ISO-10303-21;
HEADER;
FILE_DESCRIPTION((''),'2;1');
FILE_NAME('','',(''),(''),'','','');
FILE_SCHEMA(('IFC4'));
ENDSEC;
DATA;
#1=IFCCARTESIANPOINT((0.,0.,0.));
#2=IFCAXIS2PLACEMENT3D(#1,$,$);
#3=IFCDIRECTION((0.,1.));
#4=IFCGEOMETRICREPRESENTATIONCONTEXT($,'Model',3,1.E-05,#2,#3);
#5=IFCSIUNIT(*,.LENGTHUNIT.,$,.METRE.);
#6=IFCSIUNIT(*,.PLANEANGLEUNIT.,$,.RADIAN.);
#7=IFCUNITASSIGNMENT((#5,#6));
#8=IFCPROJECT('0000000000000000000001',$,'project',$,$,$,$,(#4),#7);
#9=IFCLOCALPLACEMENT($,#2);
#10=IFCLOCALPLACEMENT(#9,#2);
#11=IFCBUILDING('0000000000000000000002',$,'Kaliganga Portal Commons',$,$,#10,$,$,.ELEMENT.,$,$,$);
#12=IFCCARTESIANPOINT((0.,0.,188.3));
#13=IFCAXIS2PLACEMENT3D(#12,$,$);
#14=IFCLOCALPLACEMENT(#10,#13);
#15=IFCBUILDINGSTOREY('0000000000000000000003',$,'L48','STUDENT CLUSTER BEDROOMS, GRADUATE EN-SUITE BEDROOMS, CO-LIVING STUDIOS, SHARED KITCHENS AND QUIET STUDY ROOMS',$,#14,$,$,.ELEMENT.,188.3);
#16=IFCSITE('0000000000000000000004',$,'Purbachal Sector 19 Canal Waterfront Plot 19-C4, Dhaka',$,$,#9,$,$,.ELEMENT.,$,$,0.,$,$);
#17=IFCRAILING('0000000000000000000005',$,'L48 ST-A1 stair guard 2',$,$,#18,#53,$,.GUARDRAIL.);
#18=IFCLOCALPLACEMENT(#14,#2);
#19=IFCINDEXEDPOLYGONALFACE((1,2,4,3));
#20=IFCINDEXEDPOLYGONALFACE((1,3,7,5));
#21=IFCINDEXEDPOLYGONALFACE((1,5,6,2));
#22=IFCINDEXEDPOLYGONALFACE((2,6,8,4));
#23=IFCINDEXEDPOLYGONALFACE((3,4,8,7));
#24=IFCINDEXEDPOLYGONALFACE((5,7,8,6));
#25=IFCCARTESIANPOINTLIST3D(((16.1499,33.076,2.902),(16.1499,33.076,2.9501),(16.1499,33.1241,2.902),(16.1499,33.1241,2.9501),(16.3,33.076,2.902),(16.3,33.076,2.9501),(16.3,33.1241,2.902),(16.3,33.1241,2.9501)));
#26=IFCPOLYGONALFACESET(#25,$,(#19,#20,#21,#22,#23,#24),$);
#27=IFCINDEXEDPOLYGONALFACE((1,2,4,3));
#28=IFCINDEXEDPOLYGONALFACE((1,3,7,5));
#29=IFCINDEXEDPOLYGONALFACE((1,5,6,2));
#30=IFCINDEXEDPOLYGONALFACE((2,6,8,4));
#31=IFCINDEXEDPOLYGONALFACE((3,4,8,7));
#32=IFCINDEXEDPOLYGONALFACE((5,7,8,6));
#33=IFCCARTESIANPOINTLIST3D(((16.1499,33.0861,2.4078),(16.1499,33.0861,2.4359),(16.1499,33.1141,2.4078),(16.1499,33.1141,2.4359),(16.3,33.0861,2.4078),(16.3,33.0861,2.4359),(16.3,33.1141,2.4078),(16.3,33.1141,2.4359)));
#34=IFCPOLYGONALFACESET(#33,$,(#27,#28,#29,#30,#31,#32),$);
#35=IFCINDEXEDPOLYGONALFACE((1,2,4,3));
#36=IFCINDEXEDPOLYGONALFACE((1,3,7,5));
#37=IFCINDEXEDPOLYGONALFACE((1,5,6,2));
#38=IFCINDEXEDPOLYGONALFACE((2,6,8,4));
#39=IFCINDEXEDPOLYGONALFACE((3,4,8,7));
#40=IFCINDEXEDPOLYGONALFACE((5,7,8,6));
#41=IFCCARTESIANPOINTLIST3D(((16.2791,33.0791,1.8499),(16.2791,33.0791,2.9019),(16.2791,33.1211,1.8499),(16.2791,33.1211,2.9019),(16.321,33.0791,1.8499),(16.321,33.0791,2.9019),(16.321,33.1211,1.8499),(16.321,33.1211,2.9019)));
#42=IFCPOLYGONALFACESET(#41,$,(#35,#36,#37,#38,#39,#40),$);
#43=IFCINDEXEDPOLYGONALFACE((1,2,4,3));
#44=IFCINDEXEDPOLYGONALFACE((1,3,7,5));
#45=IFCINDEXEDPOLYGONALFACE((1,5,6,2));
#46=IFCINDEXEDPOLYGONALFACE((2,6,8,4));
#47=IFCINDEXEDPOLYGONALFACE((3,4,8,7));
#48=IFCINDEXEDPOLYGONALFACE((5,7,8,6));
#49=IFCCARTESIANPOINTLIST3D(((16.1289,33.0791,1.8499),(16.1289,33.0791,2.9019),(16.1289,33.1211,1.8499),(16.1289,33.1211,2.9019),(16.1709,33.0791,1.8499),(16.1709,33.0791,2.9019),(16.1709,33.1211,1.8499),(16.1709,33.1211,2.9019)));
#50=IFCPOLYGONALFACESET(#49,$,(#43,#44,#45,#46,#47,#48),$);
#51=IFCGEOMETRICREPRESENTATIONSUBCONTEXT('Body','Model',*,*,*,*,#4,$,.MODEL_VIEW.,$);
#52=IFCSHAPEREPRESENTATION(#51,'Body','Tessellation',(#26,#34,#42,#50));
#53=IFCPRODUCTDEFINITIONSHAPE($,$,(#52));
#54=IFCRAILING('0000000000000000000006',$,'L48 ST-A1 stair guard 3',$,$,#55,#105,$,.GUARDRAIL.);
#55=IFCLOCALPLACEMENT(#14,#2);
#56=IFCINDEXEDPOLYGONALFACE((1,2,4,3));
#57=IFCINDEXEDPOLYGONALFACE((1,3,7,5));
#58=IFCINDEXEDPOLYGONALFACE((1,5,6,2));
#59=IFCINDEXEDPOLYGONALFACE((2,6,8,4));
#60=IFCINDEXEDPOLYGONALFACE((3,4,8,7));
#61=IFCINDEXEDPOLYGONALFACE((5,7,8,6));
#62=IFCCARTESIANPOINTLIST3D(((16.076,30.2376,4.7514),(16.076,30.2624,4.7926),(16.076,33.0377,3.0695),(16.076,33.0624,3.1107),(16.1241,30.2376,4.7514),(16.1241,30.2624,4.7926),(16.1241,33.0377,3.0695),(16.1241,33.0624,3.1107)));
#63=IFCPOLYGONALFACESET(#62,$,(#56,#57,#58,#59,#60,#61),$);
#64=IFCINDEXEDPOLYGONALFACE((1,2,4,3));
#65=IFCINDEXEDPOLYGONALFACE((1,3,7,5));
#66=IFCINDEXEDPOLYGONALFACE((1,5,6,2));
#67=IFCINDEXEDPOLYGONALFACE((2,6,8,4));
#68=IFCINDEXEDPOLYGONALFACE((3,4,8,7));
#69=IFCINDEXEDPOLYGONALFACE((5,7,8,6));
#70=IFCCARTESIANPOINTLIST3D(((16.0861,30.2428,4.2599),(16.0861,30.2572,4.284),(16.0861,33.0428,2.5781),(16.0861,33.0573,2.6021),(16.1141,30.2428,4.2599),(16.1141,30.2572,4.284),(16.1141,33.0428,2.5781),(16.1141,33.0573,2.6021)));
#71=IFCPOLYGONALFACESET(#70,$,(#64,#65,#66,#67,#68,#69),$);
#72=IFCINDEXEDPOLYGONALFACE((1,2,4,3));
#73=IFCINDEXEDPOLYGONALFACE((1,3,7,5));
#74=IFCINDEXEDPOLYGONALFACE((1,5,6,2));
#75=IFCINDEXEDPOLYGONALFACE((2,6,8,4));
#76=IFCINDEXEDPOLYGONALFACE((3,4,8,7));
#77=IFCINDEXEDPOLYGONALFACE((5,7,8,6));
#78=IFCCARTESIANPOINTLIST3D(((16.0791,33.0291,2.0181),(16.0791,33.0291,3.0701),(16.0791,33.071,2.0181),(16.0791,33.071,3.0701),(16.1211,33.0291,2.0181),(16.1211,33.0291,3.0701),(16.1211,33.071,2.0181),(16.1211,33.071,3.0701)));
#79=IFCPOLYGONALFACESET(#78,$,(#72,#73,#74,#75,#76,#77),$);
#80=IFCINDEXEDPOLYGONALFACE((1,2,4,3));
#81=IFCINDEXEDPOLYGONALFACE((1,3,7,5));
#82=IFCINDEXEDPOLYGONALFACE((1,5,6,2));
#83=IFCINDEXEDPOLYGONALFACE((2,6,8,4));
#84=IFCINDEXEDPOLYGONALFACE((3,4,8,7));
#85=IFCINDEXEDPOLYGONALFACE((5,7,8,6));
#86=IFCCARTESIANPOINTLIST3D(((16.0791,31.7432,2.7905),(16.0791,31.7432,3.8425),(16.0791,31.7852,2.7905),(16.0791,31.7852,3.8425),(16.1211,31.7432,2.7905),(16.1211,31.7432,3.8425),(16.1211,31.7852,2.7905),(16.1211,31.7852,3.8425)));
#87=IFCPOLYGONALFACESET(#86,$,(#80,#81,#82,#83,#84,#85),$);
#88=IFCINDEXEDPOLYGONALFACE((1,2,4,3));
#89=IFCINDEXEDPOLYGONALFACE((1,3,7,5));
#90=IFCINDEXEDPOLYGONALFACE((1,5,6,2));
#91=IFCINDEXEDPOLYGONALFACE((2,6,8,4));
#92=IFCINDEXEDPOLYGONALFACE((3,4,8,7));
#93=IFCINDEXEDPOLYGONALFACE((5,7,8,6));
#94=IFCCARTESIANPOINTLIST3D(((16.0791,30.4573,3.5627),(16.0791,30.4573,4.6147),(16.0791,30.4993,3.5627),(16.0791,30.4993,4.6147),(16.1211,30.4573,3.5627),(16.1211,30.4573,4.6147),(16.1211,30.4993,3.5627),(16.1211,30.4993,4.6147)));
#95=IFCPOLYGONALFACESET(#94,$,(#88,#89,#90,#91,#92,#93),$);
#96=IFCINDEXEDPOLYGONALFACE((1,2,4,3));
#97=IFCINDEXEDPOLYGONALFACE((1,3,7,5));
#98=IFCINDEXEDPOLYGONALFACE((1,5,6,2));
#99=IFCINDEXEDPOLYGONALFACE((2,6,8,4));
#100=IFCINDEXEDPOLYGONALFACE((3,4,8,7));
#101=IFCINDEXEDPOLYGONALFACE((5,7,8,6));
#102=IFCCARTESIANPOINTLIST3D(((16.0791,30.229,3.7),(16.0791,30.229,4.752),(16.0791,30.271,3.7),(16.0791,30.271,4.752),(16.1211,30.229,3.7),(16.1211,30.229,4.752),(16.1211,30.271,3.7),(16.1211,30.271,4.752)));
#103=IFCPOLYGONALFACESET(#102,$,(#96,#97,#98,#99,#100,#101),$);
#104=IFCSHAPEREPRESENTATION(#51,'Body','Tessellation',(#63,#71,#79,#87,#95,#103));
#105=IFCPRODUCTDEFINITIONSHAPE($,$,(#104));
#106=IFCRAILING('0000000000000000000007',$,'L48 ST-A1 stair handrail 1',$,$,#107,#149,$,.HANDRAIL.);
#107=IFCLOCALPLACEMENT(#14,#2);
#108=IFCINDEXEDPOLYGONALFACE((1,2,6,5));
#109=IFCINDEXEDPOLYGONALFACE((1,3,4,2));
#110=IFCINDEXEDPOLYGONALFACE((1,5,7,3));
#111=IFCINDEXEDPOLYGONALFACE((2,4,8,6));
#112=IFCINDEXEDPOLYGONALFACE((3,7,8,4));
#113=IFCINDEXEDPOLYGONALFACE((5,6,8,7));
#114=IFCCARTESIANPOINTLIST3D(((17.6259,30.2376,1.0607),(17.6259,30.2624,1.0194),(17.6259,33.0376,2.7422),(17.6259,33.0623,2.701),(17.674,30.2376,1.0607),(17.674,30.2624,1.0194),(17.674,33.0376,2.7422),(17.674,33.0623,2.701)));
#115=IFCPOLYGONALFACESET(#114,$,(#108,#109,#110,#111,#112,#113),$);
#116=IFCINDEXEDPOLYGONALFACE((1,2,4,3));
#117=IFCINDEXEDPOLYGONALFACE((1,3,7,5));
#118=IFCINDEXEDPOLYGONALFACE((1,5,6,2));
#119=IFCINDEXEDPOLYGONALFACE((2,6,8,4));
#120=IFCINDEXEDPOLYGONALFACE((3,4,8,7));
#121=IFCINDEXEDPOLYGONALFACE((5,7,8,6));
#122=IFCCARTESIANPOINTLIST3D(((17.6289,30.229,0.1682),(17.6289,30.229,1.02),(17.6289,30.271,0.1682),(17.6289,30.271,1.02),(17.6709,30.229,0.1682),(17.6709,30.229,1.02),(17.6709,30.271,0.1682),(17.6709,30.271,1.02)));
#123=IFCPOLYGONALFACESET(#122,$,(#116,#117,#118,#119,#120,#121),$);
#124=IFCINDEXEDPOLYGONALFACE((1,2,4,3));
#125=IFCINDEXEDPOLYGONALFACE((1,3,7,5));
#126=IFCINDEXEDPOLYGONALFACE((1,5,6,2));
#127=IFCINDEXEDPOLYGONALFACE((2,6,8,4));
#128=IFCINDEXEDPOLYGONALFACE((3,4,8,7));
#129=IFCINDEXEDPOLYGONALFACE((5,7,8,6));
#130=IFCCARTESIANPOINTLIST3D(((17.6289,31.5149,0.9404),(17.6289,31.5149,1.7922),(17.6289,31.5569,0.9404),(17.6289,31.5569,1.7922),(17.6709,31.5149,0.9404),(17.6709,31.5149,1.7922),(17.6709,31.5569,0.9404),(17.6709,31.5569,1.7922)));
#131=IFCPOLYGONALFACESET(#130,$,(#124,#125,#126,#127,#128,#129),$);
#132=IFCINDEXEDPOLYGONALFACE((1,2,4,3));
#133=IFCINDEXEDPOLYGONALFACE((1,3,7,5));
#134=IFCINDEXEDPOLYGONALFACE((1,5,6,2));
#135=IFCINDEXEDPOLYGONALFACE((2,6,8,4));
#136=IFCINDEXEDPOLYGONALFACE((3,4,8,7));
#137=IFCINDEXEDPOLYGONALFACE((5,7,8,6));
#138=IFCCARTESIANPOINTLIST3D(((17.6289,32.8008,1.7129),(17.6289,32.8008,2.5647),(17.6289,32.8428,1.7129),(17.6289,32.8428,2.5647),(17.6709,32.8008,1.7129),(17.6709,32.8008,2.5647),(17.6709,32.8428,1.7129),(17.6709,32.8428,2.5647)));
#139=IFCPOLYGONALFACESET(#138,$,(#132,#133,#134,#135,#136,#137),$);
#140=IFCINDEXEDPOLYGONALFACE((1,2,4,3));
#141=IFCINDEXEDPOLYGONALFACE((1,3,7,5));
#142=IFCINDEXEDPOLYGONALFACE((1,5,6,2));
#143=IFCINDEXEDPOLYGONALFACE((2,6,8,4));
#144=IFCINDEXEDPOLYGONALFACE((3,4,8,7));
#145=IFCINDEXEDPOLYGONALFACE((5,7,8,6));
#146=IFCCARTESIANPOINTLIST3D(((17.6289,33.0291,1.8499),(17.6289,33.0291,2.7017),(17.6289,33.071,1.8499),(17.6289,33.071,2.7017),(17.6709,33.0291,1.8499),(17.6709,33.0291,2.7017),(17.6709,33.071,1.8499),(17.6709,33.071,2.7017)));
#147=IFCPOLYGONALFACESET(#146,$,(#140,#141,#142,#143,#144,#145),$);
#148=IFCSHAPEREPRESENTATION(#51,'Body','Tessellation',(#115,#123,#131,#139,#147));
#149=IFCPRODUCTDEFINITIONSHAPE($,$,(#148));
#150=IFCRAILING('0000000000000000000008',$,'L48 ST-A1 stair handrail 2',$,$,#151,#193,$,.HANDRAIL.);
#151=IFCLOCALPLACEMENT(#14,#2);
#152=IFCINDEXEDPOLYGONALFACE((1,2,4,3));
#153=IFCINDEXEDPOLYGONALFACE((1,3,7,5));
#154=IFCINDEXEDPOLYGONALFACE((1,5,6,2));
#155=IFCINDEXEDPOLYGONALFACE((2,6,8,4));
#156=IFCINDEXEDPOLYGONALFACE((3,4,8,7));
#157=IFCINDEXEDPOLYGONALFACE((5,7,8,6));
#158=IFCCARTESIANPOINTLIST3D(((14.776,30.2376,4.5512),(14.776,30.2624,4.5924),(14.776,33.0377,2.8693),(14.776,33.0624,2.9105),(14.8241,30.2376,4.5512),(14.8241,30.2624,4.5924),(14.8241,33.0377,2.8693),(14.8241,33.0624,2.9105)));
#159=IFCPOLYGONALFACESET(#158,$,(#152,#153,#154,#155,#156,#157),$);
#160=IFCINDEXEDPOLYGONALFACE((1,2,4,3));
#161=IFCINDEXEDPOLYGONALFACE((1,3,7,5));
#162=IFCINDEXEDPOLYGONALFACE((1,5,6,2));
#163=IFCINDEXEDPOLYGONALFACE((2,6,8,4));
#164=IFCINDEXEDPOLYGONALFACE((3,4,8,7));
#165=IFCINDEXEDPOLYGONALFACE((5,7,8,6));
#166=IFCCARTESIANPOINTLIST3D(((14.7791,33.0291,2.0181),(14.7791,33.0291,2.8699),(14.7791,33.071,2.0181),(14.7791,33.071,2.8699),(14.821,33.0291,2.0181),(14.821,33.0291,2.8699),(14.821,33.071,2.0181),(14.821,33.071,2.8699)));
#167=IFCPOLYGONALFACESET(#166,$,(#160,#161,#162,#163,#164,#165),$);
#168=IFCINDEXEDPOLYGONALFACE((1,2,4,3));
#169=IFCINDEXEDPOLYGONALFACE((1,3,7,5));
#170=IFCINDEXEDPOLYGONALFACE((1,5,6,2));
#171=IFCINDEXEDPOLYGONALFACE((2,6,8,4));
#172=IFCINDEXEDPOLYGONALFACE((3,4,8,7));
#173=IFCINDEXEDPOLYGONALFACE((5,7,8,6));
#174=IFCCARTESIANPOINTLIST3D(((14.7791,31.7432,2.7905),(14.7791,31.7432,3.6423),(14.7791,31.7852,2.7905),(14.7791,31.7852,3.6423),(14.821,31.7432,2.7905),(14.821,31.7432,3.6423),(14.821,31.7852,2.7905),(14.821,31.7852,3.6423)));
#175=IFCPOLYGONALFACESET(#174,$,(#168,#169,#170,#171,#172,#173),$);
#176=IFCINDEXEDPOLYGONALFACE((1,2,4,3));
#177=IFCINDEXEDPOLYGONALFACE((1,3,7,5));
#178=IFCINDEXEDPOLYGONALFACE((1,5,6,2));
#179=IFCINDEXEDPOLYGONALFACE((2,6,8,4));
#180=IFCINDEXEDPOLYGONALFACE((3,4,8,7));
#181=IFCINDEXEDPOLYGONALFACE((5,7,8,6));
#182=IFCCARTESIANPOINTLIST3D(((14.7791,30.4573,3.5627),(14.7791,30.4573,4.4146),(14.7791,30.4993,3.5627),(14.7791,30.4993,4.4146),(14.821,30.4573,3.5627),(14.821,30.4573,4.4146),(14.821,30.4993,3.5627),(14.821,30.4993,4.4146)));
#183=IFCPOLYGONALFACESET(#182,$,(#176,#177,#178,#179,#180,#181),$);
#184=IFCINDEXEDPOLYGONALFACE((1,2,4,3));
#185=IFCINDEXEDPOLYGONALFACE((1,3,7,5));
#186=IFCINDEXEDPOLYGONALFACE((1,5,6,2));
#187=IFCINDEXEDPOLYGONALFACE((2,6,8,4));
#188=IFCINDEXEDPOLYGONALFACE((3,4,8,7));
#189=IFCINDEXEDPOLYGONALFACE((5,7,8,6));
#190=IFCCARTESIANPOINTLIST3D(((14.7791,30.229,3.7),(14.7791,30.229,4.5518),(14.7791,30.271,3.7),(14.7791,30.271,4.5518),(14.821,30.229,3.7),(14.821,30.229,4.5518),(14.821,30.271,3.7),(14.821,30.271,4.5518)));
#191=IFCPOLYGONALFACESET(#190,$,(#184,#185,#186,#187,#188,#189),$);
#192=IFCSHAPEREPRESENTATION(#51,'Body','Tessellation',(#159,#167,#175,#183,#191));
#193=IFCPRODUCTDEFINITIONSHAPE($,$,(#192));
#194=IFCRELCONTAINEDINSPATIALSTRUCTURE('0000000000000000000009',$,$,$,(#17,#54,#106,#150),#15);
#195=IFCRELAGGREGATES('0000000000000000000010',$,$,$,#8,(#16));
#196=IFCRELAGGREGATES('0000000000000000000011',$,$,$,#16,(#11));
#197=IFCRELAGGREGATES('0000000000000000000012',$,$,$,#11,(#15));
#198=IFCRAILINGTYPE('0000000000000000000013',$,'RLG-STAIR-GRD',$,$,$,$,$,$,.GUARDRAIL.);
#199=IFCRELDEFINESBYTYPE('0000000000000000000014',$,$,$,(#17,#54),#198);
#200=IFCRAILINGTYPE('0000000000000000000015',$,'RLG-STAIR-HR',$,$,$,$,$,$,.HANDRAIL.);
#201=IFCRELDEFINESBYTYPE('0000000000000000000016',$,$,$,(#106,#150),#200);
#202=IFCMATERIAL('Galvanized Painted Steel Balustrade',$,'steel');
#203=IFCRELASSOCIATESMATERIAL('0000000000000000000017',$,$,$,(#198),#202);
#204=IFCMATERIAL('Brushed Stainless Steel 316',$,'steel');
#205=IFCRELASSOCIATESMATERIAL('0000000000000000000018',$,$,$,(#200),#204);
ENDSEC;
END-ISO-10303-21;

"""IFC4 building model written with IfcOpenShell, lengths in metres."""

from ifc_helpers import new_model, si_unit, direction, frame, origin, origin_2d, place, context, subcontext, project, spatial, rectangle, extrude, material, type_object, element, save


model = new_model("IFC4")

# Units and contexts
model_context = context("Model", 3, precision=1e-05, world=origin(), true_north=direction((0.0, 1.0)))
body_context = subcontext(model_context, "Body", "Model", "MODEL_VIEW")
ifc_project = project(units=[si_unit("LENGTHUNIT", "METRE"), si_unit("PLANEANGLEUNIT", "RADIAN")], contexts=[model_context])

# Site, building, storey
site_placement = place(None, origin())
site = spatial("IfcSite", under=ifc_project, at=site_placement, Name="Purbachal Sector 19 Canal Waterfront Plot 19-C4, Dhaka", CompositionType="ELEMENT", RefElevation=0.0)
building_placement = place(site_placement, origin())
building = spatial("IfcBuilding", under=site, at=building_placement, Name="Kaliganga Portal Commons", CompositionType="ELEMENT")
storey_placement = place(building_placement, frame((0.0, 0.0, 188.3)))
storey = spatial("IfcBuildingStorey", under=building, at=storey_placement, Name="L48", Description="STUDENT CLUSTER BEDROOMS, GRADUATE EN-SUITE BEDROOMS, CO-LIVING STUDIOS, SHARED KITCHENS AND QUIET STUDY ROOMS", CompositionType="ELEMENT", Elevation=188.3)

# Railings
ifc_material_1 = material(Name="Galvanized Painted Steel Balustrade", Category="steel")
railing_type_1 = type_object("IfcRailingType", Name="RLG-STAIR-GRD", PredefinedType="GUARDRAIL", material=ifc_material_1)
railing_1_placement = place(storey_placement, frame((16.3, 33.1001, 1.8499)))
element("IfcRailing", 1, at=railing_1_placement, inside=storey, type_object=railing_type_1, Name="L48 ST-A1 stair guard 2", PredefinedType="GUARDRAIL", context=body_context, shape_type="SweptSolid", body=[
    extrude(rectangle(XDim=0.0481, YDim=0.0481, at=origin_2d()), frame((0.0, 0.0, 1.0762), z_axis=(-1.0, 0.0, 0.0), x_axis=(0.0, -1.0, 0.0)), (0.0, 0.0, 1.0), 0.1501),
    extrude(rectangle(XDim=0.0281, YDim=0.0281, at=origin_2d()), frame((0.0, 0.0, 0.572), z_axis=(-1.0, 0.0, 0.0), x_axis=(0.0, -1.0, 0.0)), (0.0, 0.0, 1.0), 0.1501),
    extrude(rectangle(XDim=0.042, YDim=0.042, at=origin_2d()), origin(), (0.0, 0.0, 1.0), 1.052),
    extrude(rectangle(XDim=0.042, YDim=0.042, at=origin_2d()), frame((-0.1501, 0.0, 0.0)), (0.0, 0.0, 1.0), 1.052),
])
railing_2_placement = place(storey_placement, frame((16.1001, 33.05, 2.0181)))
element("IfcRailing", 2, at=railing_2_placement, inside=storey, type_object=railing_type_1, Name="L48 ST-A1 stair guard 3", PredefinedType="GUARDRAIL", context=body_context, shape_type="SweptSolid", body=[
    extrude(rectangle(XDim=0.0481, YDim=0.0481, at=origin_2d()), frame((0.0, 0.0, 1.072), z_axis=(0.0, -0.857242, 0.514913), x_axis=(1.0, 0.0, 0.0)), (0.0, 0.0, 1.0), 3.2664),
    extrude(rectangle(XDim=0.0281, YDim=0.0281, at=origin_2d()), frame((0.0, 0.0, 0.572), z_axis=(0.0, -0.857242, 0.514913), x_axis=(1.0, 0.0, 0.0)), (0.0, 0.0, 1.0), 3.2664),
    extrude(rectangle(XDim=0.042, YDim=0.042, at=origin_2d()), origin(), (0.0, 0.0, 1.0), 1.052),
    extrude(rectangle(XDim=0.042, YDim=0.042, at=origin_2d()), frame((0.0, -1.2859, 0.7725)), (0.0, 0.0, 1.0), 1.052),
    extrude(rectangle(XDim=0.042, YDim=0.042, at=origin_2d()), frame((0.0, -2.5718, 1.5447)), (0.0, 0.0, 1.0), 1.052),
    extrude(rectangle(XDim=0.042, YDim=0.042, at=origin_2d()), frame((0.0, -2.8, 1.6819)), (0.0, 0.0, 1.0), 1.052),
])
ifc_material_2 = material(Name="Brushed Stainless Steel 316", Category="steel")
railing_type_2 = type_object("IfcRailingType", Name="RLG-STAIR-HR", PredefinedType="HANDRAIL", material=ifc_material_2)
railing_3_placement = place(storey_placement, frame((17.6499, 30.25, 0.1682)))
element("IfcRailing", 3, at=railing_3_placement, inside=storey, type_object=railing_type_2, Name="L48 ST-A1 stair handrail 1", PredefinedType="HANDRAIL", context=body_context, shape_type="SweptSolid", body=[
    extrude(rectangle(XDim=0.0481, YDim=0.0481, at=origin_2d()), frame((0.0, 0.0, 0.8718), z_axis=(0.0, 0.857275, 0.514858), x_axis=(-1.0, 0.0, 0.0)), (0.0, 0.0, 1.0), 3.2661),
    extrude(rectangle(XDim=0.042, YDim=0.042, at=origin_2d()), origin(), (0.0, 0.0, 1.0), 0.8518),
    extrude(rectangle(XDim=0.042, YDim=0.042, at=origin_2d()), frame((0.0, 1.2859, 0.7722)), (0.0, 0.0, 1.0), 0.8518),
    extrude(rectangle(XDim=0.042, YDim=0.042, at=origin_2d()), frame((0.0, 2.5718, 1.5447)), (0.0, 0.0, 1.0), 0.8518),
    extrude(rectangle(XDim=0.042, YDim=0.042, at=origin_2d()), frame((0.0, 2.8, 1.6816)), (0.0, 0.0, 1.0), 0.8518),
])
railing_4_placement = place(storey_placement, frame((14.8, 33.05, 2.0181)))
element("IfcRailing", 4, at=railing_4_placement, inside=storey, type_object=railing_type_2, Name="L48 ST-A1 stair handrail 2", PredefinedType="HANDRAIL", context=body_context, shape_type="SweptSolid", body=[
    extrude(rectangle(XDim=0.0481, YDim=0.0481, at=origin_2d()), frame((0.0, 0.0, 0.8718), z_axis=(0.0, -0.857242, 0.514913), x_axis=(1.0, 0.0, 0.0)), (0.0, 0.0, 1.0), 3.2664),
    extrude(rectangle(XDim=0.042, YDim=0.042, at=origin_2d()), origin(), (0.0, 0.0, 1.0), 0.8518),
    extrude(rectangle(XDim=0.042, YDim=0.042, at=origin_2d()), frame((0.0, -1.2859, 0.7725)), (0.0, 0.0, 1.0), 0.8518),
    extrude(rectangle(XDim=0.042, YDim=0.042, at=origin_2d()), frame((0.0, -2.5718, 1.5447)), (0.0, 0.0, 1.0), 0.8518),
    extrude(rectangle(XDim=0.042, YDim=0.042, at=origin_2d()), frame((0.0, -2.8, 1.6819)), (0.0, 0.0, 1.0), 0.8518),
])

save(model, "model.ifc")
